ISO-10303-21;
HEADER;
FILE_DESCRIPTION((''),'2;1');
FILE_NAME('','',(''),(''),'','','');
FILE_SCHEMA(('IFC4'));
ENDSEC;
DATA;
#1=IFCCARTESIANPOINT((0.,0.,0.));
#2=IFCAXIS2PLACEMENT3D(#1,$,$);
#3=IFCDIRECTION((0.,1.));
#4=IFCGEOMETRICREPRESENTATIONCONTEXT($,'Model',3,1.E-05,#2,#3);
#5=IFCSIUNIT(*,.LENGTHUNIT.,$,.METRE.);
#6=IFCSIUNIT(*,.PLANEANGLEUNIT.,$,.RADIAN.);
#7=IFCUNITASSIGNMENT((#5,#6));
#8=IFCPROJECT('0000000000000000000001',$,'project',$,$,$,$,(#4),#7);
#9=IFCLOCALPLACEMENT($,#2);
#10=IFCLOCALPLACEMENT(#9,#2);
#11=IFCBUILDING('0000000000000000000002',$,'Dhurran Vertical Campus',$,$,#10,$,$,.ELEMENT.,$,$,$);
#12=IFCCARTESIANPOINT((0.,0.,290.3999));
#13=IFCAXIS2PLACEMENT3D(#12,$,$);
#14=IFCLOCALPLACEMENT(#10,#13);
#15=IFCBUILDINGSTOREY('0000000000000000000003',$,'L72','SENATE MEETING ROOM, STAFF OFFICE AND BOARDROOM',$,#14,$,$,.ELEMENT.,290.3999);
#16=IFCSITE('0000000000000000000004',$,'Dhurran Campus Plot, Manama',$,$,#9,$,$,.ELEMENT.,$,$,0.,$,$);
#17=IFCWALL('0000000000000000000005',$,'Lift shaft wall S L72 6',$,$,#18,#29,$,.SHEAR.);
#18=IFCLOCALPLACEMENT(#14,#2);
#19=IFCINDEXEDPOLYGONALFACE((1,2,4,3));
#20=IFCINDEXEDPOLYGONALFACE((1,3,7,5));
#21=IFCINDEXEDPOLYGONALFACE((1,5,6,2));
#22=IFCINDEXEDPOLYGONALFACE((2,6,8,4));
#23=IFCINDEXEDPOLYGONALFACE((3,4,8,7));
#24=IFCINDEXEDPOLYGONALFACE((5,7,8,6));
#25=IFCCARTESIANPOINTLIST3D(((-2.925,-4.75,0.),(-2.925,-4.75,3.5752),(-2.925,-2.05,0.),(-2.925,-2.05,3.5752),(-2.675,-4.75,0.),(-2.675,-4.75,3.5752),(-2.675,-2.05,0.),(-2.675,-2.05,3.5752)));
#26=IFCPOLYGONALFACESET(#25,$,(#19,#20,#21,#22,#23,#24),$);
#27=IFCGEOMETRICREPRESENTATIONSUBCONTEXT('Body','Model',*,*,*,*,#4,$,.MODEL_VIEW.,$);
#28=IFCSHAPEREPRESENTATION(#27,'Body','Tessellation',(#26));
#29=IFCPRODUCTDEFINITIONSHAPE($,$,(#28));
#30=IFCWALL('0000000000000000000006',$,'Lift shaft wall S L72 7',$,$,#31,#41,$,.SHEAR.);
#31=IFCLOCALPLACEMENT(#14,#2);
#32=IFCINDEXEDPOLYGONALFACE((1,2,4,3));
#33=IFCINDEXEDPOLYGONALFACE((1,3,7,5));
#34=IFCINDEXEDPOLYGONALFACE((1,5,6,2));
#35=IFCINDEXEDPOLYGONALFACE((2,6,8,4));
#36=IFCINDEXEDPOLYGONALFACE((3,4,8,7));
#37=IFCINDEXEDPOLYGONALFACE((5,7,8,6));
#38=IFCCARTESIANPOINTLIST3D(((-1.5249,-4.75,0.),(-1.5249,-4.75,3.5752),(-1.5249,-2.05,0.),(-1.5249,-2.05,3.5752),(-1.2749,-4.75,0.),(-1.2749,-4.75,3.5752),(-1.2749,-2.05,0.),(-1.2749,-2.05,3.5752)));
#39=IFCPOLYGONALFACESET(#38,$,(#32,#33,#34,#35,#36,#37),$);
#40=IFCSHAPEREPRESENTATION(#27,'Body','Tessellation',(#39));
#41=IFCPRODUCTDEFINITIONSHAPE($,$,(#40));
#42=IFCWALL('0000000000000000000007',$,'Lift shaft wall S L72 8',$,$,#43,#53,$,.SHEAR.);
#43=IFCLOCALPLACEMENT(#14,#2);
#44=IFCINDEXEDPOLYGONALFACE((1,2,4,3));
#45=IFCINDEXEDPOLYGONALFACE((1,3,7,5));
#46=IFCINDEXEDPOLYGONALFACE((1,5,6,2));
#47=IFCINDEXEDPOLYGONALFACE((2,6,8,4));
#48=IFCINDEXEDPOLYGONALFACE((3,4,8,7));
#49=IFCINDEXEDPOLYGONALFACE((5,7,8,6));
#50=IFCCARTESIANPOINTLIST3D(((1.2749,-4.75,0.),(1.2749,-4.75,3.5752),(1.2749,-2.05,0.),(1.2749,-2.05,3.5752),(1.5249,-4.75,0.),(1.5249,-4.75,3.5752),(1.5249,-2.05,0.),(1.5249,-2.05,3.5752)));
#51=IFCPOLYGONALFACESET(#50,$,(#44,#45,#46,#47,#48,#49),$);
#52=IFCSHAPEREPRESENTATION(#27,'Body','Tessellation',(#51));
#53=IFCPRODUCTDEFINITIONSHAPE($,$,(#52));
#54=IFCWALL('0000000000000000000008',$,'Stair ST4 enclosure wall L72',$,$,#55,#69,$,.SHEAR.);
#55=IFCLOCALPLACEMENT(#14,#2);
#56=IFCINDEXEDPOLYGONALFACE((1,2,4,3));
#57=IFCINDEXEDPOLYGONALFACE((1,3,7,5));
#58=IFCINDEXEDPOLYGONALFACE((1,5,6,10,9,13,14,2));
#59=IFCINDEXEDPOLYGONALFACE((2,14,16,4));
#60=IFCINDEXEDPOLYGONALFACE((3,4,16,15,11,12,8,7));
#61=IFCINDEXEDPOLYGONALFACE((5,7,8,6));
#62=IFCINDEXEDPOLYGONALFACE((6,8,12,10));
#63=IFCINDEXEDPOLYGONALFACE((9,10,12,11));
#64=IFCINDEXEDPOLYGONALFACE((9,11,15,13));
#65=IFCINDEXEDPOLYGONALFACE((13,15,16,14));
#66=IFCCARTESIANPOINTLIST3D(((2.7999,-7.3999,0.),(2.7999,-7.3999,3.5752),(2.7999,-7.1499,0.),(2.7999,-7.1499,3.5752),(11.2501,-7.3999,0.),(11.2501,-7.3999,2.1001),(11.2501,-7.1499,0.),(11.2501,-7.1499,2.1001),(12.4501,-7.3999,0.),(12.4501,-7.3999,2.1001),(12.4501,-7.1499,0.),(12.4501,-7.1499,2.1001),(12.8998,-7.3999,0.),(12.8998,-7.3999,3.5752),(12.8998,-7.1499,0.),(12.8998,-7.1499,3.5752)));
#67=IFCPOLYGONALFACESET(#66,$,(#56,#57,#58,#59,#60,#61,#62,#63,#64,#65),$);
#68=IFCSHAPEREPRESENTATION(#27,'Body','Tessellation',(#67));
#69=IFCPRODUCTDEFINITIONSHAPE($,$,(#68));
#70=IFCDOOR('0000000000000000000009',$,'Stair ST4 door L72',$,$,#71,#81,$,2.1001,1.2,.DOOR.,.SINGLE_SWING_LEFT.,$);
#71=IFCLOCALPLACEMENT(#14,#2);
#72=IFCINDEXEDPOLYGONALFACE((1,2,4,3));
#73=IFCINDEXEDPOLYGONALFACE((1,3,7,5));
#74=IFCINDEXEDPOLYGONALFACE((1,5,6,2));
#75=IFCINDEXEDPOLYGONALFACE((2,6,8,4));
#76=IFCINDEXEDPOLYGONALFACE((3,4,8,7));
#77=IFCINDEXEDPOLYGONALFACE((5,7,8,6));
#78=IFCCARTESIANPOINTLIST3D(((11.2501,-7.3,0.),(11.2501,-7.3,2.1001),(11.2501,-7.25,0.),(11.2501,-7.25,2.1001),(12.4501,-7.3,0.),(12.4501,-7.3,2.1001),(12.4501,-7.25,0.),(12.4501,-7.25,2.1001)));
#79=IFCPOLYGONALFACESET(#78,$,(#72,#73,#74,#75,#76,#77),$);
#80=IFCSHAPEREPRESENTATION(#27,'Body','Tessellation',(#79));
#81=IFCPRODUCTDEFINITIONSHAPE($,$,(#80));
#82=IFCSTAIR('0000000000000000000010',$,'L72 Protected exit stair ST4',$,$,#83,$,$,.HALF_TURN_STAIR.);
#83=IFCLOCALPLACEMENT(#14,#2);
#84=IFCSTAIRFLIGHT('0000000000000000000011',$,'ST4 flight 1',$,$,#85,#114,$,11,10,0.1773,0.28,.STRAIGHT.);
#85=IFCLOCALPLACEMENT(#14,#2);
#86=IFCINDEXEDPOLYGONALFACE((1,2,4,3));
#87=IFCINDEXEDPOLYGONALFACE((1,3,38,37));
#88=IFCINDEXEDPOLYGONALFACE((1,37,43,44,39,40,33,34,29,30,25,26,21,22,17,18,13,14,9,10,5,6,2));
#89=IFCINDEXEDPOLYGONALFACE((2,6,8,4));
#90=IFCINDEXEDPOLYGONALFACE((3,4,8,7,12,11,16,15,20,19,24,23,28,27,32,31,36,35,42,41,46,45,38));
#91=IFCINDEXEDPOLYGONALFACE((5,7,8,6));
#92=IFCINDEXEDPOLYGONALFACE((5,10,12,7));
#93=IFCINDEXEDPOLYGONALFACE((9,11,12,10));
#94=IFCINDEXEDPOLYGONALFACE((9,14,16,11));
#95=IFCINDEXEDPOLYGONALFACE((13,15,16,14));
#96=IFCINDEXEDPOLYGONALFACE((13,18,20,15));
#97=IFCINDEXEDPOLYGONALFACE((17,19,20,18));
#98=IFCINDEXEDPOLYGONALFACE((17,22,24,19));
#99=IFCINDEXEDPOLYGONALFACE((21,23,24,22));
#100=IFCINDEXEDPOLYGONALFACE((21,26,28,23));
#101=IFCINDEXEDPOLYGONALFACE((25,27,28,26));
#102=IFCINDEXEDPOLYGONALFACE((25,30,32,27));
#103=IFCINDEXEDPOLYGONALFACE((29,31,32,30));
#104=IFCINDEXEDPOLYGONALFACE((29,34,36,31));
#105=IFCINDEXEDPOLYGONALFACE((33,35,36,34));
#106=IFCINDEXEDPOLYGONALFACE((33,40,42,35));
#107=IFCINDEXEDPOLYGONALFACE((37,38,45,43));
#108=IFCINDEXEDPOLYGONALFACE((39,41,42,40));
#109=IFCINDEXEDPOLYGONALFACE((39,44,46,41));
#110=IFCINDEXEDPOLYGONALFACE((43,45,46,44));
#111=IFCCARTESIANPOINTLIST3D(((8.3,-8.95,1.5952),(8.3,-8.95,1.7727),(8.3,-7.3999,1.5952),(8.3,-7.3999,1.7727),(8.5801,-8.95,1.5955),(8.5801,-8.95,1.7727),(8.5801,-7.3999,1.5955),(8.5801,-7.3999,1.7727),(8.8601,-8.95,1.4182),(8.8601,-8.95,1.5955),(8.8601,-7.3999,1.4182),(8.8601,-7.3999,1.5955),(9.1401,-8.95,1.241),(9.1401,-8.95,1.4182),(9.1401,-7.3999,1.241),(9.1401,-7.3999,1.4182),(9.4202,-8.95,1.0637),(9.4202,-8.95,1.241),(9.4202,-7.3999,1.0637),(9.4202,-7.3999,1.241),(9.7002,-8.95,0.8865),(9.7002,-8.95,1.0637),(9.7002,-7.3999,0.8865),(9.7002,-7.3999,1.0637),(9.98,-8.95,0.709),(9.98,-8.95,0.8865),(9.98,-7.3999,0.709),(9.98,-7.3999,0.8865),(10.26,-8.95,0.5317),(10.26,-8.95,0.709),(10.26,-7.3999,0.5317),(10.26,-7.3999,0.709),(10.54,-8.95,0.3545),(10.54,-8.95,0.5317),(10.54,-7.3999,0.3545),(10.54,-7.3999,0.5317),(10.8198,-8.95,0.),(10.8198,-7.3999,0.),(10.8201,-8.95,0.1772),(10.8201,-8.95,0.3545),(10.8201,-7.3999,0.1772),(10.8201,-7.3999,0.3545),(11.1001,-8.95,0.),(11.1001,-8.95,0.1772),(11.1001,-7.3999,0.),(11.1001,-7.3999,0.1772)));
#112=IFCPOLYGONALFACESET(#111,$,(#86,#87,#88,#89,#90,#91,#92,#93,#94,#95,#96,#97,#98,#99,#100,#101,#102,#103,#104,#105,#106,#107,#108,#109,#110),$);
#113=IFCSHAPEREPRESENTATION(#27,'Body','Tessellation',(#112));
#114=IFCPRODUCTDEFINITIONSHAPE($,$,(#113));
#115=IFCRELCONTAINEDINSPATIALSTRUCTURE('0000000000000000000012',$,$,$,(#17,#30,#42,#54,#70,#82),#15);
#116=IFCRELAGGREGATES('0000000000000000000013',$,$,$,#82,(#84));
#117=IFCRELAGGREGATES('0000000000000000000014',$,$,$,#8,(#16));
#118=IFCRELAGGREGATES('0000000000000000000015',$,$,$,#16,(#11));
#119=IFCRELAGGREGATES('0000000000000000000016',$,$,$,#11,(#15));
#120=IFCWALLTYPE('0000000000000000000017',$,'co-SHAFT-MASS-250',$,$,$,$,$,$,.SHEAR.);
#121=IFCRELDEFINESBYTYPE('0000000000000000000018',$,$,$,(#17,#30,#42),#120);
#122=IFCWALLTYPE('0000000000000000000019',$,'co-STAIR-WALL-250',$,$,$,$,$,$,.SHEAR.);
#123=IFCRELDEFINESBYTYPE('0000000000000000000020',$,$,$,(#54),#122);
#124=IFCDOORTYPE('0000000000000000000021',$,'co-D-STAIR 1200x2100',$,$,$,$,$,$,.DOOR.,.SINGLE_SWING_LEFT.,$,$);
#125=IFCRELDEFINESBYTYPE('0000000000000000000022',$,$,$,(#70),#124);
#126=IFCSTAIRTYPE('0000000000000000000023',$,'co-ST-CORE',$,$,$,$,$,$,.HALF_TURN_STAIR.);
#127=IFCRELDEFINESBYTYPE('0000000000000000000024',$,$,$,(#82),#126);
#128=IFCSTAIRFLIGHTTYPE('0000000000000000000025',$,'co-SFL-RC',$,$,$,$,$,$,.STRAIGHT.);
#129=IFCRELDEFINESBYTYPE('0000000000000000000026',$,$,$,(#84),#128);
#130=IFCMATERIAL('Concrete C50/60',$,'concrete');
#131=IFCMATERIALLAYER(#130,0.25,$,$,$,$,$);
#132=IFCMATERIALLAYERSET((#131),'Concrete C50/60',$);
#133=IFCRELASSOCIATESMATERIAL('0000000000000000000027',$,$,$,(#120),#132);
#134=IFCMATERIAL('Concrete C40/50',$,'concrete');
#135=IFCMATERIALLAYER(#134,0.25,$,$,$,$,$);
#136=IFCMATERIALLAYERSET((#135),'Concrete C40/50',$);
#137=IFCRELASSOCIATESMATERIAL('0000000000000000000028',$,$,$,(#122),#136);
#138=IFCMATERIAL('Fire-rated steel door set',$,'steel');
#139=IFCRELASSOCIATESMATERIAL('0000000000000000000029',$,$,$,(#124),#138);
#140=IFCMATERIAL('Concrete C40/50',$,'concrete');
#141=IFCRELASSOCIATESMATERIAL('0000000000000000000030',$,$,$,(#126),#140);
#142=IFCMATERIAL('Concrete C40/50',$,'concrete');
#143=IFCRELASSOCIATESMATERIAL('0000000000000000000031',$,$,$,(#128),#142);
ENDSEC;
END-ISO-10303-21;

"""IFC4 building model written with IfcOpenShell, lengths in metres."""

from ifc_helpers import new_model, si_unit, direction, frame, frame_2d, origin, place, context, subcontext, project, spatial, polyline, rectangle, outline, extrude, material, layer, layer_set, type_object, element, fill, aggregate, save


model = new_model("IFC4")

# Units and contexts
model_context = context("Model", 3, precision=1e-05, world=origin(), true_north=direction((0.0, 1.0)))
body_context = subcontext(model_context, "Body", "Model", "MODEL_VIEW")
ifc_project = project(units=[si_unit("LENGTHUNIT", "METRE"), si_unit("PLANEANGLEUNIT", "RADIAN")], contexts=[model_context])

# Site, building, storey
site_placement = place(None, origin())
site = spatial("IfcSite", under=ifc_project, at=site_placement, Name="Dhurran Campus Plot, Manama", CompositionType="ELEMENT", RefElevation=0.0)
building_placement = place(site_placement, origin())
building = spatial("IfcBuilding", under=site, at=building_placement, Name="Dhurran Vertical Campus", CompositionType="ELEMENT")
storey_placement = place(building_placement, frame((0.0, 0.0, 290.3999)))
storey = spatial("IfcBuildingStorey", under=building, at=storey_placement, Name="L72", Description="SENATE MEETING ROOM, STAFF OFFICE AND BOARDROOM", CompositionType="ELEMENT", Elevation=290.3999)

# Walls
ifc_material_1 = material(Name="Concrete C50/60", Category="concrete")
ifc_layer_1 = layer(ifc_material_1, 0.25)
ifc_layer_set_1 = layer_set([ifc_layer_1], Name="Concrete C50/60")
wall_type_1 = type_object("IfcWallType", Name="co-SHAFT-MASS-250", PredefinedType="SHEAR", material=ifc_layer_set_1)
wall_1_placement = place(storey_placement, origin())
element("IfcWall", 1, at=wall_1_placement, inside=storey, type_object=wall_type_1, Name="Lift shaft wall S L72 6", PredefinedType="SHEAR", context=body_context, shape_type="SweptSolid", body=[
    extrude(outline(polyline([(-2.925, -4.75), (-2.675, -4.75), (-2.675, -2.05), (-2.925, -2.05), (-2.925, -4.75)])), origin(), (0.0, 0.0, 1.0), 3.5752),
])
wall_2_placement = place(storey_placement, origin())
element("IfcWall", 2, at=wall_2_placement, inside=storey, type_object=wall_type_1, Name="Lift shaft wall S L72 7", PredefinedType="SHEAR", context=body_context, shape_type="SweptSolid", body=[
    extrude(outline(polyline([(-1.5249, -4.75), (-1.2749, -4.75), (-1.2749, -2.05), (-1.5249, -2.05), (-1.5249, -4.75)])), origin(), (0.0, 0.0, 1.0), 3.5752),
])
wall_3_placement = place(storey_placement, origin())
element("IfcWall", 3, at=wall_3_placement, inside=storey, type_object=wall_type_1, Name="Lift shaft wall S L72 8", PredefinedType="SHEAR", context=body_context, shape_type="SweptSolid", body=[
    extrude(outline(polyline([(1.2749, -4.75), (1.5249, -4.75), (1.5249, -2.05), (1.2749, -2.05), (1.2749, -4.75)])), origin(), (0.0, 0.0, 1.0), 3.5752),
])

# Wall, opening, door
ifc_material_2 = material(Name="Concrete C40/50", Category="concrete")
ifc_layer_2 = layer(ifc_material_2, 0.25)
ifc_layer_set_2 = layer_set([ifc_layer_2], Name="Concrete C40/50")
wall_type_2 = type_object("IfcWallType", Name="co-STAIR-WALL-250", PredefinedType="SHEAR", material=ifc_layer_set_2)
wall_4_placement = place(storey_placement, frame((2.8, -7.2749, 0.0), z_axis=(0.0, 0.0, 1.0), x_axis=(1.0, 0.0, 0.0)))
wall_4 = element("IfcWall", 4, at=wall_4_placement, inside=storey, type_object=wall_type_2, Name="Stair ST4 enclosure wall L72", PredefinedType="SHEAR", context=body_context, shape_type="SweptSolid", body=[
    extrude(rectangle(XDim=10.0999, YDim=0.25, at=frame_2d((5.0498, 0.0))), origin(), (0.0, 0.0, 1.0), 3.5752),
])
opening_1_placement = place(wall_4_placement, frame((8.45, 0.0, 0.0)))
opening_1 = element("IfcOpeningElement", 5, at=opening_1_placement, cuts=wall_4, PredefinedType="OPENING", context=body_context, shape_type="SweptSolid", body=[
    extrude(rectangle(XDim=1.2, YDim=2.1001, at=frame_2d((0.6001, 1.05))), frame((0.0, 0.135, 0.0), z_axis=(0.0, -1.0, 0.0), x_axis=(1.0, 0.0, 0.0)), (0.0, 0.0, 1.0), 0.27),
])
ifc_material_3 = material(Name="Fire-rated steel door set", Category="steel")
door_type_1 = type_object("IfcDoorType", Name="co-D-STAIR 1200x2100", OperationType="SINGLE_SWING_LEFT", PredefinedType="DOOR", material=ifc_material_3)
door_1_placement = place(opening_1_placement, origin())
door_1 = element("IfcDoor", 6, at=door_1_placement, inside=storey, type_object=door_type_1, Name="Stair ST4 door L72", OperationType="SINGLE_SWING_LEFT", OverallHeight=2.1001, OverallWidth=1.2, PredefinedType="DOOR", context=body_context, shape_type="SweptSolid", body=[
    extrude(rectangle(XDim=1.2, YDim=2.1001, at=frame_2d((0.6001, 1.05))), frame((0.0, 0.0249, 0.0), z_axis=(0.0, -1.0, 0.0), x_axis=(1.0, 0.0, 0.0)), (0.0, 0.0, 1.0), 0.05),
])
fill(opening_1, door_1)

# Stair, stair flight
ifc_material_4 = material(Name="Concrete C40/50", Category="concrete")
stair_type = type_object("IfcStairType", Name="co-ST-CORE", PredefinedType="HALF_TURN_STAIR", material=ifc_material_4)
stair_placement = place(storey_placement, origin())
stair = element("IfcStair", 7, at=stair_placement, inside=storey, type_object=stair_type, Name="L72 Protected exit stair ST4", PredefinedType="HALF_TURN_STAIR")
ifc_material_5 = material(Name="Concrete C40/50", Category="concrete")
stair_flight_type = type_object("IfcStairFlightType", Name="co-SFL-RC", PredefinedType="STRAIGHT", material=ifc_material_5)
stair_flight_placement = place(storey_placement, frame((11.1001, -8.175, 0.0), z_axis=(0.0, 0.0, 1.0), x_axis=(-1.0, 0.0, 0.0)))
stair_flight = element("IfcStairFlight", 8, at=stair_flight_placement, type_object=stair_flight_type, Name="ST4 flight 1", NumberOfRisers=11, NumberOfTreads=10, PredefinedType="STRAIGHT", RiserHeight=0.1773, TreadLength=0.28, context=body_context, shape_type="SweptSolid", body=[
    extrude(outline(polyline([(0.0, 0.0), (0.0, 0.1772), (0.28, 0.1772), (0.28, 0.3545), (0.5601, 0.3545), (0.5601, 0.5317), (0.8401, 0.5317), (0.8401, 0.709), (1.1201, 0.709), (1.1201, 0.8865), (1.3999, 0.8865), (1.3999, 1.0637), (1.6799, 1.0637), (1.6799, 1.241), (1.96, 1.241), (1.96, 1.4182), (2.24, 1.4182), (2.24, 1.5955), (2.52, 1.5955), (2.52, 1.7727), (2.8, 1.7727), (2.8, 1.95), (2.8, 1.5952), (0.2803, 0.0), (0.0, 0.0)])), frame((0.0, 0.7749, 0.0), z_axis=(0.0, -1.0, 0.0), x_axis=(1.0, 0.0, 0.0)), (0.0, 0.0, 1.0), 1.55),
])
aggregate(stair, [stair_flight])

save(model, "model.ifc")
